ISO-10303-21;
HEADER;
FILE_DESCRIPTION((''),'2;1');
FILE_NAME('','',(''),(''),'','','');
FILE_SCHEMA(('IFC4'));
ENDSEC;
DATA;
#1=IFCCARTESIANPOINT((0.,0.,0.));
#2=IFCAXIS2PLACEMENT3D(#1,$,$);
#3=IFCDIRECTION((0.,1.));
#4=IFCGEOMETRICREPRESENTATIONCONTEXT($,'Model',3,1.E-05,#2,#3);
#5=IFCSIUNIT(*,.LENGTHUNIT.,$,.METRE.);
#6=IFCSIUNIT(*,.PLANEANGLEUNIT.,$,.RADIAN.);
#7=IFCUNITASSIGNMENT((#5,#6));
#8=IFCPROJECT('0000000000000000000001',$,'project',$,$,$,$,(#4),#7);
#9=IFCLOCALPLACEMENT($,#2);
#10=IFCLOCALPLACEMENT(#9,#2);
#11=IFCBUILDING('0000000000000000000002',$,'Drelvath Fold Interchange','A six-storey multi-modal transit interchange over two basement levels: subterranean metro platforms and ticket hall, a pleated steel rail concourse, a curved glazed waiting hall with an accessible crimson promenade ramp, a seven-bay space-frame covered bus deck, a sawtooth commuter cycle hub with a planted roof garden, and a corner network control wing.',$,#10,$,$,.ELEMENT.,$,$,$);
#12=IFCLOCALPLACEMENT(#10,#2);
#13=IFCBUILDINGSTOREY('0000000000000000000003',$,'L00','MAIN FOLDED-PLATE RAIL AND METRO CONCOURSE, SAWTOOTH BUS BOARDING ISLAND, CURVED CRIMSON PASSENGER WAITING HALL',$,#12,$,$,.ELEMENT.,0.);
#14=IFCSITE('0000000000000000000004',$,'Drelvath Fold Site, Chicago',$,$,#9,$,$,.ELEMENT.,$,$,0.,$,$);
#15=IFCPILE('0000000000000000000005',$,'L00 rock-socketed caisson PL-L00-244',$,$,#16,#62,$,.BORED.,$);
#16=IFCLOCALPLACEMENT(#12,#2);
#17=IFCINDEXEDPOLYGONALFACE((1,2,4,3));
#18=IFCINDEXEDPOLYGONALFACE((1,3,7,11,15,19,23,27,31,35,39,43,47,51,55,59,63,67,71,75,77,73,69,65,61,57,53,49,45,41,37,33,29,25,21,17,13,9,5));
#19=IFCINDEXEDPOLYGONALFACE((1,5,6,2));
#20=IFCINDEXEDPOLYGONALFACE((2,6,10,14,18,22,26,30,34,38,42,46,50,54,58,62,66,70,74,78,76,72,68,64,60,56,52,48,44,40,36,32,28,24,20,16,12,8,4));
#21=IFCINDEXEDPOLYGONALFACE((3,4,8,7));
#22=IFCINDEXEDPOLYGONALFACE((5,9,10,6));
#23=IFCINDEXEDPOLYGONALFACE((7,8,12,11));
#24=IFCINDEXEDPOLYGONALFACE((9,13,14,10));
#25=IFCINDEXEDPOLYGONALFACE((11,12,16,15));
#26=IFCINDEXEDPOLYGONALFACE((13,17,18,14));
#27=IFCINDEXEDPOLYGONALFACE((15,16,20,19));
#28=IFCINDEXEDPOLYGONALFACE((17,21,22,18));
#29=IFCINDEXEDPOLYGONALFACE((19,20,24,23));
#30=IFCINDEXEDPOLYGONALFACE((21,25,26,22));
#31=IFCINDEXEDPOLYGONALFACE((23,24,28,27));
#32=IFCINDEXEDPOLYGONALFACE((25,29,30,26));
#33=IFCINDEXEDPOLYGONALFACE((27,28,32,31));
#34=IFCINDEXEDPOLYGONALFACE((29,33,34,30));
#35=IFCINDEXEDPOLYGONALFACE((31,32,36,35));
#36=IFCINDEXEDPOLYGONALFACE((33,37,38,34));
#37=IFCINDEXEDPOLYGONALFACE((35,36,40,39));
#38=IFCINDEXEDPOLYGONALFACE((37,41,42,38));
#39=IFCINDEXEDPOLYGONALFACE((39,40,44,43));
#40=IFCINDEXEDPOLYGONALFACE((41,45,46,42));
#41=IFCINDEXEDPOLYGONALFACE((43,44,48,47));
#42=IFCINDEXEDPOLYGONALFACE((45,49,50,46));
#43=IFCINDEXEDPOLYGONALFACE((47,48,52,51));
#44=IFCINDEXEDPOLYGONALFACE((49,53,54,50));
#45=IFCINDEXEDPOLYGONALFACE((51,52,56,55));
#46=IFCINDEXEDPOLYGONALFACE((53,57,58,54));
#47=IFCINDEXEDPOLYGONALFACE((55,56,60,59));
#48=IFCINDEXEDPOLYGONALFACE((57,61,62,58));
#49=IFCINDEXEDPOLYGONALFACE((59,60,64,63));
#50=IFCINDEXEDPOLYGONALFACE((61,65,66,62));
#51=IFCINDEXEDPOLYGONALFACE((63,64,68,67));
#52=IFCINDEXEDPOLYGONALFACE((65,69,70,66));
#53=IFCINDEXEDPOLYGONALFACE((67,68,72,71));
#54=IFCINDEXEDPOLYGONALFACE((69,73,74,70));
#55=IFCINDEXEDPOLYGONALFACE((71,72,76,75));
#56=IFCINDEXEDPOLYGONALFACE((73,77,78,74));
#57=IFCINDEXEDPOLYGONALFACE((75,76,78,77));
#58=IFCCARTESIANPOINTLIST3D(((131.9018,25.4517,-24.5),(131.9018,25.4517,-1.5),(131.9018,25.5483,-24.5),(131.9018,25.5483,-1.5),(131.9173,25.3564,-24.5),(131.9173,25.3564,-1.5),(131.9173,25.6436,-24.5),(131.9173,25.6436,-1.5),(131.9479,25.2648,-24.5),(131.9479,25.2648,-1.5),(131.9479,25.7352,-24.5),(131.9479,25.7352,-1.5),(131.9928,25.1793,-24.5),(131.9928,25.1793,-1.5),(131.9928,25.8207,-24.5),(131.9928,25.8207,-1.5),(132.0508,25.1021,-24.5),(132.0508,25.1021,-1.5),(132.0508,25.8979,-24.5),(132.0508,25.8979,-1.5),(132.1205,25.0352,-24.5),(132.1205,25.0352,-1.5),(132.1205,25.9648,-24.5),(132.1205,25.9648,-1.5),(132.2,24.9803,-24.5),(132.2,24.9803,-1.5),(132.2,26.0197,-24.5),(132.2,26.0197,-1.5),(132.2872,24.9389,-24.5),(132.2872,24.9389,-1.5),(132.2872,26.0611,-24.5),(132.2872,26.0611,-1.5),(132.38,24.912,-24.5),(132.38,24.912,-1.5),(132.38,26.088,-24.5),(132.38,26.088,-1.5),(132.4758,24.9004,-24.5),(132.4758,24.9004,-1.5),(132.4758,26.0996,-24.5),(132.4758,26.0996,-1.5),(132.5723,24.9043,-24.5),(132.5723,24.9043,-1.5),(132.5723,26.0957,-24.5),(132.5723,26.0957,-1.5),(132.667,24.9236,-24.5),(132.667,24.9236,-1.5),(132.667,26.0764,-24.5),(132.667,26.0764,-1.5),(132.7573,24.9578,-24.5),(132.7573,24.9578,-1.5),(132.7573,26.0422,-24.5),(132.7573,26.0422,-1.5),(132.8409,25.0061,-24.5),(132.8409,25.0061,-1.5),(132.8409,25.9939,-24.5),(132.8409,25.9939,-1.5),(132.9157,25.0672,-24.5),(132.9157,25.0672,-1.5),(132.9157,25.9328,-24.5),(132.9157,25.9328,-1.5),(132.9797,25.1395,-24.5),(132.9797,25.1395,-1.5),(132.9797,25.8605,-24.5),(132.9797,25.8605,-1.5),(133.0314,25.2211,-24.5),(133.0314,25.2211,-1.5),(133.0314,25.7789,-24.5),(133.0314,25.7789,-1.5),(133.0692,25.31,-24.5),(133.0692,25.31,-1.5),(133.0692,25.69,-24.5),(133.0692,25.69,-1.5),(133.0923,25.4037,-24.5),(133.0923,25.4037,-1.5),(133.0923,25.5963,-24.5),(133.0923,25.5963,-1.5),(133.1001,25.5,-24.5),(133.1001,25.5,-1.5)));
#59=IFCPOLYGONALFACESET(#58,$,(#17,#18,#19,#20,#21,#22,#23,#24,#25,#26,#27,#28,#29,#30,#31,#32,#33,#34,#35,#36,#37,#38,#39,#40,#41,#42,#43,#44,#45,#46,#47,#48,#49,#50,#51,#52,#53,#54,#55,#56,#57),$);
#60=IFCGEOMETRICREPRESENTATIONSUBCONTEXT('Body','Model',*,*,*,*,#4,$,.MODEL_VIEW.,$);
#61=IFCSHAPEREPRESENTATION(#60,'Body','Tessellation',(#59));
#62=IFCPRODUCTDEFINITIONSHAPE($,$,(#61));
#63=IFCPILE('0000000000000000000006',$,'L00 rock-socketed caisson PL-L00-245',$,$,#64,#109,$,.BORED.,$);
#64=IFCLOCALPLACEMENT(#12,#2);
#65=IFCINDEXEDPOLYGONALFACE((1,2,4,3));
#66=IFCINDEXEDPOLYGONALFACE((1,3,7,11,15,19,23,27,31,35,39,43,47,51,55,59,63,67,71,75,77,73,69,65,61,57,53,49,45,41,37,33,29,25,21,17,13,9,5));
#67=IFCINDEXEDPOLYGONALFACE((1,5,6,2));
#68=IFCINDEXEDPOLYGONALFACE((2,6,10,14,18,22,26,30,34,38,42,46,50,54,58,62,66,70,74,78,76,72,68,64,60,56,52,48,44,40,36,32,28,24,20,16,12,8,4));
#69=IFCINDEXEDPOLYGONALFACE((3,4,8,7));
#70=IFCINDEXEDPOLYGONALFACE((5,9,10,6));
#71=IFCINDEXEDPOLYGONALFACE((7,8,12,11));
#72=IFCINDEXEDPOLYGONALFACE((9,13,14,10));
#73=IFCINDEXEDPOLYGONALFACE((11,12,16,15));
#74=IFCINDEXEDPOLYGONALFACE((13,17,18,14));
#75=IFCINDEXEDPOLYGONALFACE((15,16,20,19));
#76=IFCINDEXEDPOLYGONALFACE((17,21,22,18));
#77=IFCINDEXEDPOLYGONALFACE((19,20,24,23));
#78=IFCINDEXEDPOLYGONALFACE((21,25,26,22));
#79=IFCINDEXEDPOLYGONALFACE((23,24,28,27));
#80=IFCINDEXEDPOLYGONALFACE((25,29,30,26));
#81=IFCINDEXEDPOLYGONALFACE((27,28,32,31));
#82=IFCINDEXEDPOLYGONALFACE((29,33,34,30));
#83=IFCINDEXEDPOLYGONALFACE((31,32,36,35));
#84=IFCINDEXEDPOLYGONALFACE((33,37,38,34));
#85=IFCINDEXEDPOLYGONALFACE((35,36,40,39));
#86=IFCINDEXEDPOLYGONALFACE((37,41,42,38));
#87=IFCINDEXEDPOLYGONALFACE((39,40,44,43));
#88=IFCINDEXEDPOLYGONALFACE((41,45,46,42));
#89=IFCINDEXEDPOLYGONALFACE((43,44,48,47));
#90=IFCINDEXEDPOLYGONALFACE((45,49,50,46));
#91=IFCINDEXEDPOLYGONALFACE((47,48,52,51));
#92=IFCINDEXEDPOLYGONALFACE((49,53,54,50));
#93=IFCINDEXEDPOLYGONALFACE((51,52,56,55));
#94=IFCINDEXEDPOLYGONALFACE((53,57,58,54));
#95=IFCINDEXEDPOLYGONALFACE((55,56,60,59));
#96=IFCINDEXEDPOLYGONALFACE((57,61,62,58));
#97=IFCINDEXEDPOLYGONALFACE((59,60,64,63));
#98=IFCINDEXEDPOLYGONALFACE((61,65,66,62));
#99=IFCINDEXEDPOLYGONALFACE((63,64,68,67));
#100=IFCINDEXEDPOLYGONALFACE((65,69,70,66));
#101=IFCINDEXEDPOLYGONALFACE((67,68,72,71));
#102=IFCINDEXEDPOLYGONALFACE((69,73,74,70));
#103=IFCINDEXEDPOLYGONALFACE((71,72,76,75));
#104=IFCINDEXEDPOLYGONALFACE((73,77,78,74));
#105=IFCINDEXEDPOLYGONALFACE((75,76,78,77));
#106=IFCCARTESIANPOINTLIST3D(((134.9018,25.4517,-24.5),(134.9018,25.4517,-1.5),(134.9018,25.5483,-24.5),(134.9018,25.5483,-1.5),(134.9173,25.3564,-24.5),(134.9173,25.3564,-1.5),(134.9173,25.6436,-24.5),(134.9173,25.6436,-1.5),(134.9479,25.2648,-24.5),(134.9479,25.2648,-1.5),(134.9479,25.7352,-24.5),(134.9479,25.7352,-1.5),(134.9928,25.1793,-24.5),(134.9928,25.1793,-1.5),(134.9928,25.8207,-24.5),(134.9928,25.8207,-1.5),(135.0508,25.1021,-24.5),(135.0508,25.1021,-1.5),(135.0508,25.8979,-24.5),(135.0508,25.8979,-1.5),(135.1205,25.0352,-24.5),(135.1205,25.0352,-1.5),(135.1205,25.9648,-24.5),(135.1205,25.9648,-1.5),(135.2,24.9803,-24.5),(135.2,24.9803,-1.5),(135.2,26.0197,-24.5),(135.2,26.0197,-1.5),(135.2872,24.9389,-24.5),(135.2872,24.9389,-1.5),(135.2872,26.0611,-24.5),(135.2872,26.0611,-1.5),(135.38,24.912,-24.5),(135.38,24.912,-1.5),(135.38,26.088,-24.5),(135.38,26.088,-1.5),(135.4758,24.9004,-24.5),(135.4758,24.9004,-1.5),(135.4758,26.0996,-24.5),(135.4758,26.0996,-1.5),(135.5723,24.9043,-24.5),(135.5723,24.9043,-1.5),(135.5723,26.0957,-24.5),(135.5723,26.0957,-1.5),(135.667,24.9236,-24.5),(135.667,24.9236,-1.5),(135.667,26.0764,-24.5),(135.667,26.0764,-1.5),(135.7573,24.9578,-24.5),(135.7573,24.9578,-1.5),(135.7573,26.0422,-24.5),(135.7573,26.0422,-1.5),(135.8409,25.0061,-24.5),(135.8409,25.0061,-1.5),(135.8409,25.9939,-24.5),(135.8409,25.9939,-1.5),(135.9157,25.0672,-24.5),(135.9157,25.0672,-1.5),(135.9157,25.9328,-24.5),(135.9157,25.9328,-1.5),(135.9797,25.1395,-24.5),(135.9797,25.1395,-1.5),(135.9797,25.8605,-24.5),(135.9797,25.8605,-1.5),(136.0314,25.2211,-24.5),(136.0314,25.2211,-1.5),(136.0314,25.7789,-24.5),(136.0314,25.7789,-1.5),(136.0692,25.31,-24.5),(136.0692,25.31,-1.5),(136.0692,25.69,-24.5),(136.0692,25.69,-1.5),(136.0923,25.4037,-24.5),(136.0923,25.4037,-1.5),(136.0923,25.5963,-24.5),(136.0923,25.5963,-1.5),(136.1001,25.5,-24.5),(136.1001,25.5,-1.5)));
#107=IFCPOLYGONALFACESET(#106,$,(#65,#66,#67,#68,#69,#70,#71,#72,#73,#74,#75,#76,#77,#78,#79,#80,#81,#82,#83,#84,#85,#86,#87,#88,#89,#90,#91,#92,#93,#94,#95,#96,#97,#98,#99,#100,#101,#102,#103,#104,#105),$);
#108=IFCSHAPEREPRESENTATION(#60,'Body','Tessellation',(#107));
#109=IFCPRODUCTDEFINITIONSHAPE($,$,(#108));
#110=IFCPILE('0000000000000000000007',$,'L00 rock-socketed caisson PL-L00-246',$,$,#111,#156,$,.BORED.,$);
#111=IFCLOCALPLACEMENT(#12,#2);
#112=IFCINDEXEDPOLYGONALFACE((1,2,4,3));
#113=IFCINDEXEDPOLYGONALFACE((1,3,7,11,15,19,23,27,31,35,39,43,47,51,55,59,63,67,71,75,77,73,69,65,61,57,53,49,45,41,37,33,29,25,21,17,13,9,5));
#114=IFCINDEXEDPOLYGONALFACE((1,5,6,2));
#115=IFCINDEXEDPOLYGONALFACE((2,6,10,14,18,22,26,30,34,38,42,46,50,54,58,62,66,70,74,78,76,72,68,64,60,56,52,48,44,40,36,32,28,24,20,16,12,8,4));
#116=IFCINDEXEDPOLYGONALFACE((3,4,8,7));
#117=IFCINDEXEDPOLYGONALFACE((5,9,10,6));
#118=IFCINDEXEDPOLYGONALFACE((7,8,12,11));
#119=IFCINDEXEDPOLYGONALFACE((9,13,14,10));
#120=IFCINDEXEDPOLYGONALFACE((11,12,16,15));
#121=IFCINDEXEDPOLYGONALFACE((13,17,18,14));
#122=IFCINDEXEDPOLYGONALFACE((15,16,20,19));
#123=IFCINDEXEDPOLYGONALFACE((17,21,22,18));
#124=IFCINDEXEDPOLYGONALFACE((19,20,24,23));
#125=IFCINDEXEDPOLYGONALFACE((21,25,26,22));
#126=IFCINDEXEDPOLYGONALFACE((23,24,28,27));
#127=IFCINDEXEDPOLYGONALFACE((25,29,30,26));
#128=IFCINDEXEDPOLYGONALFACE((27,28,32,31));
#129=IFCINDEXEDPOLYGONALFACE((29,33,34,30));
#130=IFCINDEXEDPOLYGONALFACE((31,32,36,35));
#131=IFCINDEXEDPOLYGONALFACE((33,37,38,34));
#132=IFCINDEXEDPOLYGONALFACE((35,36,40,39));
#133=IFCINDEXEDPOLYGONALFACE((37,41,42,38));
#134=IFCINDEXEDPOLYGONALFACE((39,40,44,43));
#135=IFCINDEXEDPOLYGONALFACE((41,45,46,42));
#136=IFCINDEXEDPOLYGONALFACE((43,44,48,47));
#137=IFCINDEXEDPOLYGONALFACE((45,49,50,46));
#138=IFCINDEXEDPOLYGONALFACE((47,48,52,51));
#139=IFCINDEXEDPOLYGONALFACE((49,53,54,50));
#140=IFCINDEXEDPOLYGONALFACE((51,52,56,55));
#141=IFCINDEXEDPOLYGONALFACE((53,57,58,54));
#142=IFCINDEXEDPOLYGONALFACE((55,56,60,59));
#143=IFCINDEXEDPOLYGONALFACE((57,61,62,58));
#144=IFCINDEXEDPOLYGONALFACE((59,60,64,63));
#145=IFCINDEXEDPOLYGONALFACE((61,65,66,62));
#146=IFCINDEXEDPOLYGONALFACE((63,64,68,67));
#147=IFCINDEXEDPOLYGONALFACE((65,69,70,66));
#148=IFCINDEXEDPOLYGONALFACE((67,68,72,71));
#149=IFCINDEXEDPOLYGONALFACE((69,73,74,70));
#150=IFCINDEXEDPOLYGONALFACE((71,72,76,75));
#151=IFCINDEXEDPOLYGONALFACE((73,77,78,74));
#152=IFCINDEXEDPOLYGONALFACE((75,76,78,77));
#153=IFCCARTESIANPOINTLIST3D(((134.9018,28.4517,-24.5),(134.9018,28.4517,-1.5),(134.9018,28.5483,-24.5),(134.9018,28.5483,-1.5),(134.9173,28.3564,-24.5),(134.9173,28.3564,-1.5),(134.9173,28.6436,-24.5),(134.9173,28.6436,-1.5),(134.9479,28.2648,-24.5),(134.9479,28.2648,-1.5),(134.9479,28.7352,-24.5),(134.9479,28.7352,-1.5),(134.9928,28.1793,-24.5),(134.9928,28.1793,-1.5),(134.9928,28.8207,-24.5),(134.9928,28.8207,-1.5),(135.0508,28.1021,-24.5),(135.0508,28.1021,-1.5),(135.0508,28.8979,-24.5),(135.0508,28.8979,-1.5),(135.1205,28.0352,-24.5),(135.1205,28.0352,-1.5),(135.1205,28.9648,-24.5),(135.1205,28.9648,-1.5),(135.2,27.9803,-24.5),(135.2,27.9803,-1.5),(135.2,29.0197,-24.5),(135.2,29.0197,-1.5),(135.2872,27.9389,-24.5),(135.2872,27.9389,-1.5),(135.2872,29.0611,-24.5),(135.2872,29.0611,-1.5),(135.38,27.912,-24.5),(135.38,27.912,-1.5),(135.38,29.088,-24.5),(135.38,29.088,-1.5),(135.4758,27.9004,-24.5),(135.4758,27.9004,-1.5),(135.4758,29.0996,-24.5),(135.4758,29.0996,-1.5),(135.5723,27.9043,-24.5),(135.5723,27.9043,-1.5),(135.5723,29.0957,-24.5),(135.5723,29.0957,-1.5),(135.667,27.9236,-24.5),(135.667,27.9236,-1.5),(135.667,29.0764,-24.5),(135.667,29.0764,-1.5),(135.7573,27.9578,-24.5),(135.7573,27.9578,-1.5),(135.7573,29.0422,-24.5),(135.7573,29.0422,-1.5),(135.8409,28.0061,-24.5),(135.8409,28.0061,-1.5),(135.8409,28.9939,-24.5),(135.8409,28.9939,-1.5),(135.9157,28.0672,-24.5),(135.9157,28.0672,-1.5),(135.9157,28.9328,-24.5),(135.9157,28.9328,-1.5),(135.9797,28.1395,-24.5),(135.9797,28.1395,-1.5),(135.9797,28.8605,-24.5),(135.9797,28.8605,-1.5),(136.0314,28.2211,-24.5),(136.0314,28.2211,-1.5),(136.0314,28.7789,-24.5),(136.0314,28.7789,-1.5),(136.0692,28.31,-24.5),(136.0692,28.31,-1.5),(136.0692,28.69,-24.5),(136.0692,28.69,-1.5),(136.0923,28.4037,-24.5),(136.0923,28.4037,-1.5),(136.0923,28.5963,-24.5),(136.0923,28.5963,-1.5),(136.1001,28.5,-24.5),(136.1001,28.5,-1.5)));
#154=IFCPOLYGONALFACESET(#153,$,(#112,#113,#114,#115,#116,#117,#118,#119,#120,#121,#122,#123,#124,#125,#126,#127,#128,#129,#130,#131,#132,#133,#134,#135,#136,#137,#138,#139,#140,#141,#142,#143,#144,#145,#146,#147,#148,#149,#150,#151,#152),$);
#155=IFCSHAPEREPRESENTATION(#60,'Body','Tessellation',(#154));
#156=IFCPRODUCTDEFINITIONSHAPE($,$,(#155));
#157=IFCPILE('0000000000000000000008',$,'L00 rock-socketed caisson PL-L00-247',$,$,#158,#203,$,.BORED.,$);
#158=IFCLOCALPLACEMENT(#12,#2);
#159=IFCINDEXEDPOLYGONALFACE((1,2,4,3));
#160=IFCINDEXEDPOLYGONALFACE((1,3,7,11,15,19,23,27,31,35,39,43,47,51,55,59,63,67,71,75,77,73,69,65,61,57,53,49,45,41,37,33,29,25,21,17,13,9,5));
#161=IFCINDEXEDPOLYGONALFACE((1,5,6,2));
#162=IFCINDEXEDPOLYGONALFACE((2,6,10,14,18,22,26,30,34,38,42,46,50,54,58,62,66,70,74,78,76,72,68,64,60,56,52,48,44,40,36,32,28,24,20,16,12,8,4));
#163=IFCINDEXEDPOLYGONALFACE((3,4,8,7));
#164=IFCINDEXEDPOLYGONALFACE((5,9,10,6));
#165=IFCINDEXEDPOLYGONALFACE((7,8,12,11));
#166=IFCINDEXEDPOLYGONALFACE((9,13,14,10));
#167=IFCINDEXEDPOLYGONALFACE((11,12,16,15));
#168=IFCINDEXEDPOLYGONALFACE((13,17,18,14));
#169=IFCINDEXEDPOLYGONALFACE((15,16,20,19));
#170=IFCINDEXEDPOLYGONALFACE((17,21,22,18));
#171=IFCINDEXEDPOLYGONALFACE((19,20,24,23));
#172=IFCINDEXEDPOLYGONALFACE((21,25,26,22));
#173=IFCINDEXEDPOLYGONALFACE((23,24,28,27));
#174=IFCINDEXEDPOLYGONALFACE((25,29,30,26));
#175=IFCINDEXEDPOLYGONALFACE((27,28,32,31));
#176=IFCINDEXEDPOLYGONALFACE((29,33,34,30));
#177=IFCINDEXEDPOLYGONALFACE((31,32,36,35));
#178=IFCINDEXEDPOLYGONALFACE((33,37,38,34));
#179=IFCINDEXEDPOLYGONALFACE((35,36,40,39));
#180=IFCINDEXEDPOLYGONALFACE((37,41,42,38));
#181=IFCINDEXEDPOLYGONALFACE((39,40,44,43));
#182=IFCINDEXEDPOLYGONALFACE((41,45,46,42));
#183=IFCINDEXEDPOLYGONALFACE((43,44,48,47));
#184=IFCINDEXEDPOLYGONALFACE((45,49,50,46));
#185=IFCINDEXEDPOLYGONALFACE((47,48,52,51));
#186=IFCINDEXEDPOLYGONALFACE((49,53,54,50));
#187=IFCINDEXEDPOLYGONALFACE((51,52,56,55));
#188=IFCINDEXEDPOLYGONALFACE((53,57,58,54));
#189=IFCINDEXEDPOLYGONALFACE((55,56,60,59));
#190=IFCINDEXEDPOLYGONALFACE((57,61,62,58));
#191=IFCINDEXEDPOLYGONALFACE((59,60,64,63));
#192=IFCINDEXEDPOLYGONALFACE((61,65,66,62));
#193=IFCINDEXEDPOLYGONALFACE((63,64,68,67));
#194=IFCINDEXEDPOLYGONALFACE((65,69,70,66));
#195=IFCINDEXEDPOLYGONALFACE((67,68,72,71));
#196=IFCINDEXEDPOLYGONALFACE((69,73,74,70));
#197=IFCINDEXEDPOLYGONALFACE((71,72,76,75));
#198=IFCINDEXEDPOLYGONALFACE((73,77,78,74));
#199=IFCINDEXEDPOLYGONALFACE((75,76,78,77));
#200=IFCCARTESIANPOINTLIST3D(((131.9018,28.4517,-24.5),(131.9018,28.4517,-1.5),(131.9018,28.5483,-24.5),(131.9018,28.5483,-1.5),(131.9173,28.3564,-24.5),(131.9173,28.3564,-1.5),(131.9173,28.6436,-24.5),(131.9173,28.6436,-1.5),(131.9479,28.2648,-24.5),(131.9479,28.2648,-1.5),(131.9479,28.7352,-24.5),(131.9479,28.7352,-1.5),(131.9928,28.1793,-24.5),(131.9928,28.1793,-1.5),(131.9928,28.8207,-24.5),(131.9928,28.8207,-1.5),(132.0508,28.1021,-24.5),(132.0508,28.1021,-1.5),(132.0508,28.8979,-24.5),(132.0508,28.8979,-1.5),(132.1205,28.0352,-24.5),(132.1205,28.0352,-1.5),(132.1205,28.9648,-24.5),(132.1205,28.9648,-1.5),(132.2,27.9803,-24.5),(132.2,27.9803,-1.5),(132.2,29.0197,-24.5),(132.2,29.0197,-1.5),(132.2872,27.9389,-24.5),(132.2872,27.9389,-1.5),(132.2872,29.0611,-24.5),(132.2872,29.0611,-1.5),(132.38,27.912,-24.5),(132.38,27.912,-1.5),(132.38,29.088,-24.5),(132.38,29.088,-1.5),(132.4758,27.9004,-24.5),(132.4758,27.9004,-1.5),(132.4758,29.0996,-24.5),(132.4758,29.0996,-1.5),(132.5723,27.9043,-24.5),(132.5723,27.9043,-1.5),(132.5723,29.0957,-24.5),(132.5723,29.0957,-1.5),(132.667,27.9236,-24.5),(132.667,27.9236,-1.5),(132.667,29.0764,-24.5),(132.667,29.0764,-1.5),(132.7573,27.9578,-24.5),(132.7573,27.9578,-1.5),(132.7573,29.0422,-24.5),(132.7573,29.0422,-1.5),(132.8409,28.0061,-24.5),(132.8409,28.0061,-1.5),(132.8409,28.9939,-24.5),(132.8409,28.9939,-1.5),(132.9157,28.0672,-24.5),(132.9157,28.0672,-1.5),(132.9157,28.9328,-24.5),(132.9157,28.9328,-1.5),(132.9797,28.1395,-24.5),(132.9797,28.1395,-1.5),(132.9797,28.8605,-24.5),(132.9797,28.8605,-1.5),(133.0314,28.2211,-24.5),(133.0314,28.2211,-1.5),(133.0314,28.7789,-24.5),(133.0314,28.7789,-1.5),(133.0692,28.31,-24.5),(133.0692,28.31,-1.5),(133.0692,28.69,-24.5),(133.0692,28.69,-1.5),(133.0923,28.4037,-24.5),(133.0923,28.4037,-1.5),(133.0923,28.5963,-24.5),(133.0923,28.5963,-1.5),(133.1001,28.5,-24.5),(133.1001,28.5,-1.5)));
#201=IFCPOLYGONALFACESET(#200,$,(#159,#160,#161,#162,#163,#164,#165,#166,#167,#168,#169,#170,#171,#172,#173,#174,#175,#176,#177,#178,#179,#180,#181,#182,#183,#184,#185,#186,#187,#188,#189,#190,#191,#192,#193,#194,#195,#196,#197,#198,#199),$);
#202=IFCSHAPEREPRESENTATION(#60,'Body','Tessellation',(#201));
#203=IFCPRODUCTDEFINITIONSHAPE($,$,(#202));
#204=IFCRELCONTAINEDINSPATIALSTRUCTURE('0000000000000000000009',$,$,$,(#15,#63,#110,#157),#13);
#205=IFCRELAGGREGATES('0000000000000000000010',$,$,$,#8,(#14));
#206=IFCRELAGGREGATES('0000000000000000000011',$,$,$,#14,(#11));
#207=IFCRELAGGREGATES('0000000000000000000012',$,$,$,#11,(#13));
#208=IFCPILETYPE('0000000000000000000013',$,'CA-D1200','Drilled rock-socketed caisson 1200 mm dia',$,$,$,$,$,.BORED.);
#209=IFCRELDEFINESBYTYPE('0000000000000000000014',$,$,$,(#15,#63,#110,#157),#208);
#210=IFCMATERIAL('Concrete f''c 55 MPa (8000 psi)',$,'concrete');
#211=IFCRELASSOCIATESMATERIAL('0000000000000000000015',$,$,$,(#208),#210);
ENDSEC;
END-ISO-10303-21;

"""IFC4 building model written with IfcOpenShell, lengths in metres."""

from ifc_helpers import new_model, si_unit, direction, frame, origin, origin_2d, place, context, subcontext, project, spatial, circle, extrude, material, material_profile, profile_set, type_object, element, save


model = new_model("IFC4")

# Units and contexts
model_context = context("Model", 3, precision=1e-05, world=origin(), true_north=direction((0.0, 1.0)))
body_context = subcontext(model_context, "Body", "Model", "MODEL_VIEW")
ifc_project = project(units=[si_unit("LENGTHUNIT", "METRE"), si_unit("PLANEANGLEUNIT", "RADIAN")], contexts=[model_context])

# Site, building, storey
site_placement = place(None, origin())
site = spatial("IfcSite", under=ifc_project, at=site_placement, Name="Drelvath Fold Site, Chicago", CompositionType="ELEMENT", RefElevation=0.0)
building_placement = place(site_placement, origin())
building = spatial("IfcBuilding", under=site, at=building_placement, Name="Drelvath Fold Interchange", Description="A six-storey multi-modal transit interchange over two basement levels: subterranean metro platforms and ticket hall, a pleated steel rail concourse, a curved glazed waiting hall with an accessible crimson promenade ramp, a seven-bay space-frame covered bus deck, a sawtooth commuter cycle hub with a planted roof garden, and a corner network control wing.", CompositionType="ELEMENT")
storey_placement = place(building_placement, origin())
storey = spatial("IfcBuildingStorey", under=building, at=storey_placement, Name="L00", Description="MAIN FOLDED-PLATE RAIL AND METRO CONCOURSE, SAWTOOTH BUS BOARDING ISLAND, CURVED CRIMSON PASSENGER WAITING HALL", CompositionType="ELEMENT", Elevation=0.0)

# Piles
ifc_material_1 = material(Name="Concrete f'c 55 MPa (8000 psi)", Category="concrete")
ifc_material_profile_1 = material_profile(ifc_material_1, circle(Radius=0.6001, at=origin_2d()), Name="CAISSON D1200")
ifc_profile_set_1 = profile_set([ifc_material_profile_1], Name="Concrete f'c 55 MPa (8000 psi)")
pile_type_1 = type_object("IfcPileType", Name="CA-D1200", Description="Drilled rock-socketed caisson 1200 mm dia", PredefinedType="BORED", material=ifc_profile_set_1)
for number, where, z_axis, x_axis, name in (
    (1, (132.5, 25.5, -1.5), (0.0, 0.0, -1.0), (1.0, 0.0, 0.0), "L00 rock-socketed caisson PL-L00-244"),
    (2, (135.5, 25.5, -1.5), (0.0, 0.0, -1.0), (1.0, 0.0, 0.0), "L00 rock-socketed caisson PL-L00-245"),
    (3, (135.5, 28.5, -1.5), (0.0, 0.0, -1.0), (1.0, 0.0, 0.0), "L00 rock-socketed caisson PL-L00-246"),
    (4, (132.5, 28.5, -1.5), (0.0, 0.0, -1.0), (1.0, 0.0, 0.0), "L00 rock-socketed caisson PL-L00-247"),
):
    element("IfcPile", number, at=place(storey_placement, frame(where, z_axis=z_axis, x_axis=x_axis)), inside=storey, type_object=pile_type_1, Name=name, PredefinedType="BORED", context=body_context, shape_type="SweptSolid", body=[
        extrude(circle(Radius=0.6001, at=origin_2d()), origin(), (0.0, 0.0, 1.0), 23.0),
    ])

save(model, "model.ifc")
